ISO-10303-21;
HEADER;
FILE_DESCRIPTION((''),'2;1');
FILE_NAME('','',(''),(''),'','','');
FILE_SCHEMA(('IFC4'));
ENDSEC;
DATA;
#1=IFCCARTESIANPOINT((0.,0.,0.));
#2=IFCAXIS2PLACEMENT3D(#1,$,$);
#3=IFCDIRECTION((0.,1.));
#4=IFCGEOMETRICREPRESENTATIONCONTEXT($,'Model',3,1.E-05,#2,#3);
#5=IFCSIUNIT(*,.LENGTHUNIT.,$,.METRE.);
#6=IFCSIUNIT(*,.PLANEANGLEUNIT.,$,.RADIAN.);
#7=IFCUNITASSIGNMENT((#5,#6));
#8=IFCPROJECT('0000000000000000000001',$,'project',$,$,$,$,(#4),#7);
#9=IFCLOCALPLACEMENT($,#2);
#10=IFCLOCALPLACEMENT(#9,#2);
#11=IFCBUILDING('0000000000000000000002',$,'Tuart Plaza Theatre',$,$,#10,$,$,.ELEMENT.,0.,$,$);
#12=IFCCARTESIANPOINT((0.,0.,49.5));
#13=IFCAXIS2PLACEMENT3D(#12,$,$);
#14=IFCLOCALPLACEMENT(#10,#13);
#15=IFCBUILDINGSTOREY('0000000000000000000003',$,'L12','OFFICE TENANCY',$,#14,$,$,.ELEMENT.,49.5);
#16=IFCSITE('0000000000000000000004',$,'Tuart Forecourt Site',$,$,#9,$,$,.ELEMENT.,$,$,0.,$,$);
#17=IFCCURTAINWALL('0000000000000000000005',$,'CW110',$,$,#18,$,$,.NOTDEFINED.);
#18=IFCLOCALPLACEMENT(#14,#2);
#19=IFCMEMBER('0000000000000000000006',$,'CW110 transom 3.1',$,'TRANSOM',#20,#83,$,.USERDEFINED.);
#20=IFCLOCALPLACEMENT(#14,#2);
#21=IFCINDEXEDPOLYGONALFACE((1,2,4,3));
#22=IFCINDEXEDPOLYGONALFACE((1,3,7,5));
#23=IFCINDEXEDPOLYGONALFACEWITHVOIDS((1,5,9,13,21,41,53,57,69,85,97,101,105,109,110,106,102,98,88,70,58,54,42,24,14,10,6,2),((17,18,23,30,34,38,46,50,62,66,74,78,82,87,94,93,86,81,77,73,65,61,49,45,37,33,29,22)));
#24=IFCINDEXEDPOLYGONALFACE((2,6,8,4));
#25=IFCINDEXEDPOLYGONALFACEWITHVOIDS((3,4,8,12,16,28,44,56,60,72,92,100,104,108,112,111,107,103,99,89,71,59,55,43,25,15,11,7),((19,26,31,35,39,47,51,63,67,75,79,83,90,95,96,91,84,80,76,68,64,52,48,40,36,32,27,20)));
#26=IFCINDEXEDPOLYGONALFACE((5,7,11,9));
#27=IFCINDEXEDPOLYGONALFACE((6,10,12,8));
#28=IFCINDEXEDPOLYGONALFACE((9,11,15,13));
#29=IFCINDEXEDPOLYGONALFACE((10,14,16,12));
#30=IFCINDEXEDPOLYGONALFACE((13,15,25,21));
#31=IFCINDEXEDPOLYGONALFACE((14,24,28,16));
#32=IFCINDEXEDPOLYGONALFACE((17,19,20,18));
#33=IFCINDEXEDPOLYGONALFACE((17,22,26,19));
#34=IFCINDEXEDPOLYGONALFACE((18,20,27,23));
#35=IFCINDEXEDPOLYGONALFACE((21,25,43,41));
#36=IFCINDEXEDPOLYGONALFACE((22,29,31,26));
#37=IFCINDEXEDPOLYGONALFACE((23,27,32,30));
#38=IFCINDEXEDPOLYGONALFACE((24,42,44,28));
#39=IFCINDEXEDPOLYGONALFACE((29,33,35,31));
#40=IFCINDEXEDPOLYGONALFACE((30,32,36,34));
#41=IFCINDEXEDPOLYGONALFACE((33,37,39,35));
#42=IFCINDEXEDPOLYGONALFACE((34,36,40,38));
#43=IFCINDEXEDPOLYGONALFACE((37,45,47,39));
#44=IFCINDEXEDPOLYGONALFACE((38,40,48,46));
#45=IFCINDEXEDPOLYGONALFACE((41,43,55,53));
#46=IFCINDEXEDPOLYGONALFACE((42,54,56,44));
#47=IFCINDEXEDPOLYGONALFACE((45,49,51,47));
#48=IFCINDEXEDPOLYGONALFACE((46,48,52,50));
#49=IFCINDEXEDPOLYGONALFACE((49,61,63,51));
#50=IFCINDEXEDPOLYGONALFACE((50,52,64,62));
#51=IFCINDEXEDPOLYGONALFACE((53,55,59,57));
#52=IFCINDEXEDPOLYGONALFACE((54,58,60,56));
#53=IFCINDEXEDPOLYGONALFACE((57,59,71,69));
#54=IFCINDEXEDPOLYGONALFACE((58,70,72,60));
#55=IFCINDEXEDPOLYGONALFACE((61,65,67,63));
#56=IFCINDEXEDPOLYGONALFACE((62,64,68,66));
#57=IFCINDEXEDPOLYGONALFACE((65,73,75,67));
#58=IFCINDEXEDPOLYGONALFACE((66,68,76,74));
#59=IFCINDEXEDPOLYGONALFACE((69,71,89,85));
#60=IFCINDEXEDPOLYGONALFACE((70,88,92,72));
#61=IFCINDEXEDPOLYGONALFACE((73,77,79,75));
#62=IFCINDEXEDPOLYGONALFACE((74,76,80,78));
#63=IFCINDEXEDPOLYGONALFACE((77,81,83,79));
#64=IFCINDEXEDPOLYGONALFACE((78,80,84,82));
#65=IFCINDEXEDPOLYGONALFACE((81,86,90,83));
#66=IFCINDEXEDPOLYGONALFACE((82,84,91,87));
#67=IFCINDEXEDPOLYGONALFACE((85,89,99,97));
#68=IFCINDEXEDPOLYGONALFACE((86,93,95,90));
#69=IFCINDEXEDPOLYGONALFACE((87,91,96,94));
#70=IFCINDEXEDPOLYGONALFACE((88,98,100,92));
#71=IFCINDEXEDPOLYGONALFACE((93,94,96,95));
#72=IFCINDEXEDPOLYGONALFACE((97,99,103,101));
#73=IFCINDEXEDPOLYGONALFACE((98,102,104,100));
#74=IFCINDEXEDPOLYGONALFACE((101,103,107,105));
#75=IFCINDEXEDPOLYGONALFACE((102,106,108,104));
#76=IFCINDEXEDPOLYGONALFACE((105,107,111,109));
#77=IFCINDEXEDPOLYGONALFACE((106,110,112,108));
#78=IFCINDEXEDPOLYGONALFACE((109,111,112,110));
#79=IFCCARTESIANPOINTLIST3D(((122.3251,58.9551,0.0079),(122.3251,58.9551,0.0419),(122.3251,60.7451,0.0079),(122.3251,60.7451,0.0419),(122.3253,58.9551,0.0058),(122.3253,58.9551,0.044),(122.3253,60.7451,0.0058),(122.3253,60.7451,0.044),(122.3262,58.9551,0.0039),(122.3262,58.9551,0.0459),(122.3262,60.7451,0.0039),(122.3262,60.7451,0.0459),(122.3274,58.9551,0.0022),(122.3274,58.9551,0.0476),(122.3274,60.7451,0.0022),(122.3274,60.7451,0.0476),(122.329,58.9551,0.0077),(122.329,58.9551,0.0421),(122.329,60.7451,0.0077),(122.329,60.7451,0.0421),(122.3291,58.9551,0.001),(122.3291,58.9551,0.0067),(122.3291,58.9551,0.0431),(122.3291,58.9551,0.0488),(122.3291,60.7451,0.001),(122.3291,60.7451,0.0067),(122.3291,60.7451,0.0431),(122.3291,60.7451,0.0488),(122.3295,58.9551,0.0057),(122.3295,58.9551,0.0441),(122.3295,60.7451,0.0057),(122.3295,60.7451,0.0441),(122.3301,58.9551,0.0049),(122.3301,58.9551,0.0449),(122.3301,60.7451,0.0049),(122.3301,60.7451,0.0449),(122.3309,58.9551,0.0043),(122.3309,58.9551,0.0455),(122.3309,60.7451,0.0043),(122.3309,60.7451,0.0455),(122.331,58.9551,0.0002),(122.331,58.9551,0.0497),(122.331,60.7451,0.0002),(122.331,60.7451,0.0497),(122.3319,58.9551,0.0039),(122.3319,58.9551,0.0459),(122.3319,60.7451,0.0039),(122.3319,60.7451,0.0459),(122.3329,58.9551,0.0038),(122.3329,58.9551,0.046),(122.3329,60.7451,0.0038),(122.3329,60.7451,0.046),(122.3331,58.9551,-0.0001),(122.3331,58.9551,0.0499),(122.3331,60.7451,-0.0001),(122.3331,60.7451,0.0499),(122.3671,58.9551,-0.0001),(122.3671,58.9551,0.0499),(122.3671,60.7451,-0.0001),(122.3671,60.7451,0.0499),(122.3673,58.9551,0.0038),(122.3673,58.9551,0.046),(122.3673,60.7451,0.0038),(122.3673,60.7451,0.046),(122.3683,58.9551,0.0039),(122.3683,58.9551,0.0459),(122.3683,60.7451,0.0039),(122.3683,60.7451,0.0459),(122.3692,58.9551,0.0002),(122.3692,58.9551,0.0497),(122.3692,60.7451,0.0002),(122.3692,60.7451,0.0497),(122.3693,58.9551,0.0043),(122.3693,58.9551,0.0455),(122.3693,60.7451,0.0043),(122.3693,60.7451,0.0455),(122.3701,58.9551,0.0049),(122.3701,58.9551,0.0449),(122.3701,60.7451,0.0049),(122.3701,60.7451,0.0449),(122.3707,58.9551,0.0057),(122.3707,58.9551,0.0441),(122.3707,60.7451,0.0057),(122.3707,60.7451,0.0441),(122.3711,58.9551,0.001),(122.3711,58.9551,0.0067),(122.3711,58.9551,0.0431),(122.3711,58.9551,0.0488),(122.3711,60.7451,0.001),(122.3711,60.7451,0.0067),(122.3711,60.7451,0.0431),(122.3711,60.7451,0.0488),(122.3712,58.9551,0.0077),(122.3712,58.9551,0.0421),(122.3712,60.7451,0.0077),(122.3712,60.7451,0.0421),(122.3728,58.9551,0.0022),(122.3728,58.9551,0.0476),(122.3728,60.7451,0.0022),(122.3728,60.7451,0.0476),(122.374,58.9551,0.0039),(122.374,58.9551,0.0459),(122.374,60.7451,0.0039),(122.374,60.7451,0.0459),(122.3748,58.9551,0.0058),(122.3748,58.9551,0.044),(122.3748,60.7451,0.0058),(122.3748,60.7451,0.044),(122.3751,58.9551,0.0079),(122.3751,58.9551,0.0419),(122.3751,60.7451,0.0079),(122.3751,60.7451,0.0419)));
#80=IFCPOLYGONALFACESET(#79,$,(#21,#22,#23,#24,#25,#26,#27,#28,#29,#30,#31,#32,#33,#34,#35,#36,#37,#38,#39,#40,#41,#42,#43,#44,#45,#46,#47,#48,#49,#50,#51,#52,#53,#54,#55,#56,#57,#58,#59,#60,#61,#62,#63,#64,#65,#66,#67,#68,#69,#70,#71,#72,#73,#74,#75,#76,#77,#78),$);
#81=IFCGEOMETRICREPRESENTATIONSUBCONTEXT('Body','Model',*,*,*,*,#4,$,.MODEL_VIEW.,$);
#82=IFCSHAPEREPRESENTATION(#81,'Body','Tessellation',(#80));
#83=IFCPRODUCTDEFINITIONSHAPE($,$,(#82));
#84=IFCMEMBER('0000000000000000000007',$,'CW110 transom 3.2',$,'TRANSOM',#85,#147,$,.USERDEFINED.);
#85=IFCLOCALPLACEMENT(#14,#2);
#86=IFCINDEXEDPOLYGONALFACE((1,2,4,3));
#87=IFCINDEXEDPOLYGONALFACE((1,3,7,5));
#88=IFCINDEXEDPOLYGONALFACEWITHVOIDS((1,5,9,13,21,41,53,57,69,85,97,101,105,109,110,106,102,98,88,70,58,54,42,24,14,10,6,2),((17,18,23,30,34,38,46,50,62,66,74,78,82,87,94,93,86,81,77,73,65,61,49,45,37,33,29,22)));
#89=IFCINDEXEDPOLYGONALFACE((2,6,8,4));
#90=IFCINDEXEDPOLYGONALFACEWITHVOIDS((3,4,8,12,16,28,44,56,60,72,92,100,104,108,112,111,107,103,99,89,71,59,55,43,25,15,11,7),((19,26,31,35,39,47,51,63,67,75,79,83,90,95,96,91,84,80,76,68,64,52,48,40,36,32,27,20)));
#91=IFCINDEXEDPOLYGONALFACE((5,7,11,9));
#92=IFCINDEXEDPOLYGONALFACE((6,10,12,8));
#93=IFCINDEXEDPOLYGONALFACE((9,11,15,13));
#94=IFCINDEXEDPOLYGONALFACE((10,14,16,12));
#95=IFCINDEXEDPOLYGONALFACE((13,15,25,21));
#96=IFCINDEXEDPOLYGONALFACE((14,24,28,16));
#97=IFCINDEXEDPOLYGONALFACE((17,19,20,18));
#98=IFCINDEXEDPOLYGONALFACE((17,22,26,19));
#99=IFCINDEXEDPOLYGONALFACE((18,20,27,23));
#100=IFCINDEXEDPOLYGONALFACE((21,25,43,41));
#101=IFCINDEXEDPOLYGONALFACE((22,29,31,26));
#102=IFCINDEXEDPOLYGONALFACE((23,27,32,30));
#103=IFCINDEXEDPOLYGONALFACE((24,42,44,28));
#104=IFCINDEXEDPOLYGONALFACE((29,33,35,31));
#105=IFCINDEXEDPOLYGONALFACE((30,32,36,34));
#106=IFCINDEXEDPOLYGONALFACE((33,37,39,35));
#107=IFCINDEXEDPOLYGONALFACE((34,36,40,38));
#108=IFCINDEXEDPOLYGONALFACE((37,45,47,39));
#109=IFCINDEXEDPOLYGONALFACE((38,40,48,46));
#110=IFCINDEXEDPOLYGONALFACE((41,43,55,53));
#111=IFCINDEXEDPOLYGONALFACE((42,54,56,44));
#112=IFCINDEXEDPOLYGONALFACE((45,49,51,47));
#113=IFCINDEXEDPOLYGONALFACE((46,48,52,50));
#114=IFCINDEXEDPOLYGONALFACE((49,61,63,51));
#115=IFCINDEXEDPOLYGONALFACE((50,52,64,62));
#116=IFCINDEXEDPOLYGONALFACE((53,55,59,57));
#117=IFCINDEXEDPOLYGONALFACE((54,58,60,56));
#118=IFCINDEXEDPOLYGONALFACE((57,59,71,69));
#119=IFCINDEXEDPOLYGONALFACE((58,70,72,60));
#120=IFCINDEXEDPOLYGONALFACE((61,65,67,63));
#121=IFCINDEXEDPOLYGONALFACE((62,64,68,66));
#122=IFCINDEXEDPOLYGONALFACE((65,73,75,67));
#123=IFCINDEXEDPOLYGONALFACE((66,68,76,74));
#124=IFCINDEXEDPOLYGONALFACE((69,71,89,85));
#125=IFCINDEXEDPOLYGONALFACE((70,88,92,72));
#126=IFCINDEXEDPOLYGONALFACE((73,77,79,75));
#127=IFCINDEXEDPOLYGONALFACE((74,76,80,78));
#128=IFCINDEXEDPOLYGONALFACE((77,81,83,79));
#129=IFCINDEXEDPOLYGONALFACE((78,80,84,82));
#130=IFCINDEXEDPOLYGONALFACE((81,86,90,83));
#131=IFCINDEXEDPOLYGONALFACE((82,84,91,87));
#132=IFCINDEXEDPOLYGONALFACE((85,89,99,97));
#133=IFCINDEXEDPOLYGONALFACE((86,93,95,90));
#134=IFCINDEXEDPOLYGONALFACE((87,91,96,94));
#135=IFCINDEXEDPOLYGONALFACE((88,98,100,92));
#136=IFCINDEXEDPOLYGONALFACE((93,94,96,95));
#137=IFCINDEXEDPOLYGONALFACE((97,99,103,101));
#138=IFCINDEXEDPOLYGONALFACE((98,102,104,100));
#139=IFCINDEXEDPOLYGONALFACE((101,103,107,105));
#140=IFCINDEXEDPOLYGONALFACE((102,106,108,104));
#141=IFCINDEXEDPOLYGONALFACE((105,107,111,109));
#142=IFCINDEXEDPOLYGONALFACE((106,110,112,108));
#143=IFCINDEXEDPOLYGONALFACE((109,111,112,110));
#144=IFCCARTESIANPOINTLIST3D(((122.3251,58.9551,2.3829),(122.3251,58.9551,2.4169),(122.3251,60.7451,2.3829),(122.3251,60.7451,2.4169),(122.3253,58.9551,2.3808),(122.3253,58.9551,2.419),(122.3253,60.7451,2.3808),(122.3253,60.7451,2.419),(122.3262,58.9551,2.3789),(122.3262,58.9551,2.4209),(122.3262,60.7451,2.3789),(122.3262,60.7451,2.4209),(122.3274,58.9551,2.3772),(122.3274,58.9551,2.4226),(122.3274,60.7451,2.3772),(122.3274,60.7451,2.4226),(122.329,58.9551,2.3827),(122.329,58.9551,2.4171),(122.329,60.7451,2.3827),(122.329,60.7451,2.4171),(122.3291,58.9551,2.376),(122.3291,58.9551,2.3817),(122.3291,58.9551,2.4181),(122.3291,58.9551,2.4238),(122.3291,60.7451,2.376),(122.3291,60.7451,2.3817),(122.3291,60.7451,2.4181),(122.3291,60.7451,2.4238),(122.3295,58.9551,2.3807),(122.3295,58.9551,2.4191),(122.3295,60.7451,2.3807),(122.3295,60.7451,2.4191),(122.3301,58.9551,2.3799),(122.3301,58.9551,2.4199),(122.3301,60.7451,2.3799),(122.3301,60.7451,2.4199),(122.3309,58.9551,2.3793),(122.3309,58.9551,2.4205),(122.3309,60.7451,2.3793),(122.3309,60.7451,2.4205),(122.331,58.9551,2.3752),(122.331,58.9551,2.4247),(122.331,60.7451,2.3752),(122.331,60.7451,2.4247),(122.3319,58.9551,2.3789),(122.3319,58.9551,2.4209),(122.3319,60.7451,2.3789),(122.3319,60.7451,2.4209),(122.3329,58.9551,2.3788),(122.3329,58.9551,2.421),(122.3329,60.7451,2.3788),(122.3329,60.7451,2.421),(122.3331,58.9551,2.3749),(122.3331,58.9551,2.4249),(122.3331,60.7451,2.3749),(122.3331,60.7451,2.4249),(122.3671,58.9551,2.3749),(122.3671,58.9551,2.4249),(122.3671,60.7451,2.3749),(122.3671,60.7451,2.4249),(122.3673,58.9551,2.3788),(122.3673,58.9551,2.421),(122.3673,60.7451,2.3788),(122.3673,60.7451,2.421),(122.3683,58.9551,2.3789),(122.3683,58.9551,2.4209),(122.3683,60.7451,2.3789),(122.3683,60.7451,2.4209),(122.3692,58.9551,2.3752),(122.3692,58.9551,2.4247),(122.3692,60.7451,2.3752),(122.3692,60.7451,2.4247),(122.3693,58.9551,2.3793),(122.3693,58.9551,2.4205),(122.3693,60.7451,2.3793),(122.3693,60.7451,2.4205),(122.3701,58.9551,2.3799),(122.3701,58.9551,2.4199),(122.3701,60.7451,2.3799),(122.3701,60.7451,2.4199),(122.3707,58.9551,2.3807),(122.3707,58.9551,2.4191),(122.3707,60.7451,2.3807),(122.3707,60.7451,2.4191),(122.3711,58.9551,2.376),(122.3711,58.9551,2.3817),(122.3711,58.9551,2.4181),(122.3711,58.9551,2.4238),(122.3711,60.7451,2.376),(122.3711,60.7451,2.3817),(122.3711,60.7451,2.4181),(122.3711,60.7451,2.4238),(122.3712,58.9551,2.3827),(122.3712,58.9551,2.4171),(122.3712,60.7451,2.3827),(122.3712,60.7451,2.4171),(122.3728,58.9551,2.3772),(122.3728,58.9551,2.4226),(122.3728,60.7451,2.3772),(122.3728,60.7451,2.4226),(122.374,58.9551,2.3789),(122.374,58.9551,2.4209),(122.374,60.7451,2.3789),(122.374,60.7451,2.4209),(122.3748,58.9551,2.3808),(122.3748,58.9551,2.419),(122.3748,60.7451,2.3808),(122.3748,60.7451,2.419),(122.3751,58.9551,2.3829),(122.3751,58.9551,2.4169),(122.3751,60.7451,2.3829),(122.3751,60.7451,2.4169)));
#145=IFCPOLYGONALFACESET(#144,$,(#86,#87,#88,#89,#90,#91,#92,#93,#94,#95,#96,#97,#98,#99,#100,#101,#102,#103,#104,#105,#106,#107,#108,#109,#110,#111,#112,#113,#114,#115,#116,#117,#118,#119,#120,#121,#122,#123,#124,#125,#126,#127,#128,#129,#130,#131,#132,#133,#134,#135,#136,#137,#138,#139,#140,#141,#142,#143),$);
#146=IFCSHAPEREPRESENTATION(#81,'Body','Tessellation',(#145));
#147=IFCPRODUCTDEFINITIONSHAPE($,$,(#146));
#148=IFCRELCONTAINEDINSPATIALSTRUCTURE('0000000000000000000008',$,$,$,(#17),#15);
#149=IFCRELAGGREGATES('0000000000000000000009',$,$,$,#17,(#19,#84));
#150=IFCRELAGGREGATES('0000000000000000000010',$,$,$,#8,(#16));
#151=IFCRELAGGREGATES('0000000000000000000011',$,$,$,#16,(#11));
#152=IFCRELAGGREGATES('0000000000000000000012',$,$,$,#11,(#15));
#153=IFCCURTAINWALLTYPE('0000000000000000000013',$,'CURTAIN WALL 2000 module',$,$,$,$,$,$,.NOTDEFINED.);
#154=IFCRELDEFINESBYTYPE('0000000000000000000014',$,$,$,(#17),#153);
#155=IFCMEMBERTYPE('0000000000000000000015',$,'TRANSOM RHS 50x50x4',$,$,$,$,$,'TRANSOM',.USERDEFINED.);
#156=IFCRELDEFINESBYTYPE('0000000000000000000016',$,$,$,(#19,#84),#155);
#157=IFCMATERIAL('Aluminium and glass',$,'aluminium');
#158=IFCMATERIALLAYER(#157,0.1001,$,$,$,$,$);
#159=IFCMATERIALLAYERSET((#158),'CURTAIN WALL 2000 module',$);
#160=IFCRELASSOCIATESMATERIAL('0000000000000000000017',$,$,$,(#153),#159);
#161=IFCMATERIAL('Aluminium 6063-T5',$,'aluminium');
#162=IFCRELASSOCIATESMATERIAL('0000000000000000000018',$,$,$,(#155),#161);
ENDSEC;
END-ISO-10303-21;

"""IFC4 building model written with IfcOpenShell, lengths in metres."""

from ifc_helpers import new_model, si_unit, direction, frame, origin, origin_2d, place, context, subcontext, project, spatial, hollow_rectangle, extrude, material, layer, layer_set, material_profile, profile_set, type_object, element, aggregate, save


model = new_model("IFC4")

# Units and contexts
model_context = context("Model", 3, precision=1e-05, world=origin(), true_north=direction((0.0, 1.0)))
body_context = subcontext(model_context, "Body", "Model", "MODEL_VIEW")
ifc_project = project(units=[si_unit("LENGTHUNIT", "METRE"), si_unit("PLANEANGLEUNIT", "RADIAN")], contexts=[model_context])

# Site, building, storey
site_placement = place(None, origin())
site = spatial("IfcSite", under=ifc_project, at=site_placement, Name="Tuart Forecourt Site", CompositionType="ELEMENT", RefElevation=0.0)
building_placement = place(site_placement, origin())
building = spatial("IfcBuilding", under=site, at=building_placement, Name="Tuart Plaza Theatre", CompositionType="ELEMENT", ElevationOfRefHeight=0.0)
storey_placement = place(building_placement, frame((0.0, 0.0, 49.5)))
storey = spatial("IfcBuildingStorey", under=building, at=storey_placement, Name="L12", Description="OFFICE TENANCY", CompositionType="ELEMENT", Elevation=49.5)

# Curtain wall, members
ifc_material_1 = material(Name="Aluminium and glass", Category="aluminium")
ifc_layer_1 = layer(ifc_material_1, 0.1001)
ifc_layer_set_1 = layer_set([ifc_layer_1], Name="CURTAIN WALL 2000 module")
curtain_wall_type = type_object("IfcCurtainWallType", Name="CURTAIN WALL 2000 module", PredefinedType="NOTDEFINED", material=ifc_layer_set_1)
curtain_wall_placement = place(storey_placement, origin())
curtain_wall = element("IfcCurtainWall", 1, at=curtain_wall_placement, inside=storey, type_object=curtain_wall_type, Name="CW110", PredefinedType="NOTDEFINED")
ifc_material_2 = material(Name="Aluminium 6063-T5", Category="aluminium")
ifc_material_profile_1 = material_profile(ifc_material_2, hollow_rectangle(XDim=0.05, YDim=0.05, WallThickness=0.0039, InnerFilletRadius=0.0039, OuterFilletRadius=0.0081, at=origin_2d()), Name="RHS 50x50x4")
ifc_profile_set_1 = profile_set([ifc_material_profile_1], Name="Aluminium 6063-T5")
member_type_1 = type_object("IfcMemberType", Name="TRANSOM RHS 50x50x4", ElementType="TRANSOM", PredefinedType="USERDEFINED", material=ifc_profile_set_1)
member_1_placement = place(storey_placement, frame((122.3501, 60.7451, 0.0249), z_axis=(0.0, -1.0, 0.0), x_axis=(1.0, 0.0, 0.0)))
member_1 = element("IfcMember", 2, at=member_1_placement, type_object=member_type_1, Name="CW110 transom 3.1", ObjectType="TRANSOM", PredefinedType="USERDEFINED", context=body_context, shape_type="SweptSolid", body=[
    extrude(hollow_rectangle(XDim=0.05, YDim=0.05, WallThickness=0.0039, InnerFilletRadius=0.0039, OuterFilletRadius=0.0081, at=origin_2d()), origin(), (0.0, 0.0, 1.0), 1.79),
])
member_2_placement = place(storey_placement, frame((122.3501, 60.7451, 2.3999), z_axis=(0.0, -1.0, 0.0), x_axis=(1.0, 0.0, 0.0)))
member_2 = element("IfcMember", 3, at=member_2_placement, type_object=member_type_1, Name="CW110 transom 3.2", ObjectType="TRANSOM", PredefinedType="USERDEFINED", context=body_context, shape_type="SweptSolid", body=[
    extrude(hollow_rectangle(XDim=0.05, YDim=0.05, WallThickness=0.0039, InnerFilletRadius=0.0039, OuterFilletRadius=0.0081, at=origin_2d()), origin(), (0.0, 0.0, 1.0), 1.79),
])
aggregate(curtain_wall, [member_1, member_2])

save(model, "model.ifc")
